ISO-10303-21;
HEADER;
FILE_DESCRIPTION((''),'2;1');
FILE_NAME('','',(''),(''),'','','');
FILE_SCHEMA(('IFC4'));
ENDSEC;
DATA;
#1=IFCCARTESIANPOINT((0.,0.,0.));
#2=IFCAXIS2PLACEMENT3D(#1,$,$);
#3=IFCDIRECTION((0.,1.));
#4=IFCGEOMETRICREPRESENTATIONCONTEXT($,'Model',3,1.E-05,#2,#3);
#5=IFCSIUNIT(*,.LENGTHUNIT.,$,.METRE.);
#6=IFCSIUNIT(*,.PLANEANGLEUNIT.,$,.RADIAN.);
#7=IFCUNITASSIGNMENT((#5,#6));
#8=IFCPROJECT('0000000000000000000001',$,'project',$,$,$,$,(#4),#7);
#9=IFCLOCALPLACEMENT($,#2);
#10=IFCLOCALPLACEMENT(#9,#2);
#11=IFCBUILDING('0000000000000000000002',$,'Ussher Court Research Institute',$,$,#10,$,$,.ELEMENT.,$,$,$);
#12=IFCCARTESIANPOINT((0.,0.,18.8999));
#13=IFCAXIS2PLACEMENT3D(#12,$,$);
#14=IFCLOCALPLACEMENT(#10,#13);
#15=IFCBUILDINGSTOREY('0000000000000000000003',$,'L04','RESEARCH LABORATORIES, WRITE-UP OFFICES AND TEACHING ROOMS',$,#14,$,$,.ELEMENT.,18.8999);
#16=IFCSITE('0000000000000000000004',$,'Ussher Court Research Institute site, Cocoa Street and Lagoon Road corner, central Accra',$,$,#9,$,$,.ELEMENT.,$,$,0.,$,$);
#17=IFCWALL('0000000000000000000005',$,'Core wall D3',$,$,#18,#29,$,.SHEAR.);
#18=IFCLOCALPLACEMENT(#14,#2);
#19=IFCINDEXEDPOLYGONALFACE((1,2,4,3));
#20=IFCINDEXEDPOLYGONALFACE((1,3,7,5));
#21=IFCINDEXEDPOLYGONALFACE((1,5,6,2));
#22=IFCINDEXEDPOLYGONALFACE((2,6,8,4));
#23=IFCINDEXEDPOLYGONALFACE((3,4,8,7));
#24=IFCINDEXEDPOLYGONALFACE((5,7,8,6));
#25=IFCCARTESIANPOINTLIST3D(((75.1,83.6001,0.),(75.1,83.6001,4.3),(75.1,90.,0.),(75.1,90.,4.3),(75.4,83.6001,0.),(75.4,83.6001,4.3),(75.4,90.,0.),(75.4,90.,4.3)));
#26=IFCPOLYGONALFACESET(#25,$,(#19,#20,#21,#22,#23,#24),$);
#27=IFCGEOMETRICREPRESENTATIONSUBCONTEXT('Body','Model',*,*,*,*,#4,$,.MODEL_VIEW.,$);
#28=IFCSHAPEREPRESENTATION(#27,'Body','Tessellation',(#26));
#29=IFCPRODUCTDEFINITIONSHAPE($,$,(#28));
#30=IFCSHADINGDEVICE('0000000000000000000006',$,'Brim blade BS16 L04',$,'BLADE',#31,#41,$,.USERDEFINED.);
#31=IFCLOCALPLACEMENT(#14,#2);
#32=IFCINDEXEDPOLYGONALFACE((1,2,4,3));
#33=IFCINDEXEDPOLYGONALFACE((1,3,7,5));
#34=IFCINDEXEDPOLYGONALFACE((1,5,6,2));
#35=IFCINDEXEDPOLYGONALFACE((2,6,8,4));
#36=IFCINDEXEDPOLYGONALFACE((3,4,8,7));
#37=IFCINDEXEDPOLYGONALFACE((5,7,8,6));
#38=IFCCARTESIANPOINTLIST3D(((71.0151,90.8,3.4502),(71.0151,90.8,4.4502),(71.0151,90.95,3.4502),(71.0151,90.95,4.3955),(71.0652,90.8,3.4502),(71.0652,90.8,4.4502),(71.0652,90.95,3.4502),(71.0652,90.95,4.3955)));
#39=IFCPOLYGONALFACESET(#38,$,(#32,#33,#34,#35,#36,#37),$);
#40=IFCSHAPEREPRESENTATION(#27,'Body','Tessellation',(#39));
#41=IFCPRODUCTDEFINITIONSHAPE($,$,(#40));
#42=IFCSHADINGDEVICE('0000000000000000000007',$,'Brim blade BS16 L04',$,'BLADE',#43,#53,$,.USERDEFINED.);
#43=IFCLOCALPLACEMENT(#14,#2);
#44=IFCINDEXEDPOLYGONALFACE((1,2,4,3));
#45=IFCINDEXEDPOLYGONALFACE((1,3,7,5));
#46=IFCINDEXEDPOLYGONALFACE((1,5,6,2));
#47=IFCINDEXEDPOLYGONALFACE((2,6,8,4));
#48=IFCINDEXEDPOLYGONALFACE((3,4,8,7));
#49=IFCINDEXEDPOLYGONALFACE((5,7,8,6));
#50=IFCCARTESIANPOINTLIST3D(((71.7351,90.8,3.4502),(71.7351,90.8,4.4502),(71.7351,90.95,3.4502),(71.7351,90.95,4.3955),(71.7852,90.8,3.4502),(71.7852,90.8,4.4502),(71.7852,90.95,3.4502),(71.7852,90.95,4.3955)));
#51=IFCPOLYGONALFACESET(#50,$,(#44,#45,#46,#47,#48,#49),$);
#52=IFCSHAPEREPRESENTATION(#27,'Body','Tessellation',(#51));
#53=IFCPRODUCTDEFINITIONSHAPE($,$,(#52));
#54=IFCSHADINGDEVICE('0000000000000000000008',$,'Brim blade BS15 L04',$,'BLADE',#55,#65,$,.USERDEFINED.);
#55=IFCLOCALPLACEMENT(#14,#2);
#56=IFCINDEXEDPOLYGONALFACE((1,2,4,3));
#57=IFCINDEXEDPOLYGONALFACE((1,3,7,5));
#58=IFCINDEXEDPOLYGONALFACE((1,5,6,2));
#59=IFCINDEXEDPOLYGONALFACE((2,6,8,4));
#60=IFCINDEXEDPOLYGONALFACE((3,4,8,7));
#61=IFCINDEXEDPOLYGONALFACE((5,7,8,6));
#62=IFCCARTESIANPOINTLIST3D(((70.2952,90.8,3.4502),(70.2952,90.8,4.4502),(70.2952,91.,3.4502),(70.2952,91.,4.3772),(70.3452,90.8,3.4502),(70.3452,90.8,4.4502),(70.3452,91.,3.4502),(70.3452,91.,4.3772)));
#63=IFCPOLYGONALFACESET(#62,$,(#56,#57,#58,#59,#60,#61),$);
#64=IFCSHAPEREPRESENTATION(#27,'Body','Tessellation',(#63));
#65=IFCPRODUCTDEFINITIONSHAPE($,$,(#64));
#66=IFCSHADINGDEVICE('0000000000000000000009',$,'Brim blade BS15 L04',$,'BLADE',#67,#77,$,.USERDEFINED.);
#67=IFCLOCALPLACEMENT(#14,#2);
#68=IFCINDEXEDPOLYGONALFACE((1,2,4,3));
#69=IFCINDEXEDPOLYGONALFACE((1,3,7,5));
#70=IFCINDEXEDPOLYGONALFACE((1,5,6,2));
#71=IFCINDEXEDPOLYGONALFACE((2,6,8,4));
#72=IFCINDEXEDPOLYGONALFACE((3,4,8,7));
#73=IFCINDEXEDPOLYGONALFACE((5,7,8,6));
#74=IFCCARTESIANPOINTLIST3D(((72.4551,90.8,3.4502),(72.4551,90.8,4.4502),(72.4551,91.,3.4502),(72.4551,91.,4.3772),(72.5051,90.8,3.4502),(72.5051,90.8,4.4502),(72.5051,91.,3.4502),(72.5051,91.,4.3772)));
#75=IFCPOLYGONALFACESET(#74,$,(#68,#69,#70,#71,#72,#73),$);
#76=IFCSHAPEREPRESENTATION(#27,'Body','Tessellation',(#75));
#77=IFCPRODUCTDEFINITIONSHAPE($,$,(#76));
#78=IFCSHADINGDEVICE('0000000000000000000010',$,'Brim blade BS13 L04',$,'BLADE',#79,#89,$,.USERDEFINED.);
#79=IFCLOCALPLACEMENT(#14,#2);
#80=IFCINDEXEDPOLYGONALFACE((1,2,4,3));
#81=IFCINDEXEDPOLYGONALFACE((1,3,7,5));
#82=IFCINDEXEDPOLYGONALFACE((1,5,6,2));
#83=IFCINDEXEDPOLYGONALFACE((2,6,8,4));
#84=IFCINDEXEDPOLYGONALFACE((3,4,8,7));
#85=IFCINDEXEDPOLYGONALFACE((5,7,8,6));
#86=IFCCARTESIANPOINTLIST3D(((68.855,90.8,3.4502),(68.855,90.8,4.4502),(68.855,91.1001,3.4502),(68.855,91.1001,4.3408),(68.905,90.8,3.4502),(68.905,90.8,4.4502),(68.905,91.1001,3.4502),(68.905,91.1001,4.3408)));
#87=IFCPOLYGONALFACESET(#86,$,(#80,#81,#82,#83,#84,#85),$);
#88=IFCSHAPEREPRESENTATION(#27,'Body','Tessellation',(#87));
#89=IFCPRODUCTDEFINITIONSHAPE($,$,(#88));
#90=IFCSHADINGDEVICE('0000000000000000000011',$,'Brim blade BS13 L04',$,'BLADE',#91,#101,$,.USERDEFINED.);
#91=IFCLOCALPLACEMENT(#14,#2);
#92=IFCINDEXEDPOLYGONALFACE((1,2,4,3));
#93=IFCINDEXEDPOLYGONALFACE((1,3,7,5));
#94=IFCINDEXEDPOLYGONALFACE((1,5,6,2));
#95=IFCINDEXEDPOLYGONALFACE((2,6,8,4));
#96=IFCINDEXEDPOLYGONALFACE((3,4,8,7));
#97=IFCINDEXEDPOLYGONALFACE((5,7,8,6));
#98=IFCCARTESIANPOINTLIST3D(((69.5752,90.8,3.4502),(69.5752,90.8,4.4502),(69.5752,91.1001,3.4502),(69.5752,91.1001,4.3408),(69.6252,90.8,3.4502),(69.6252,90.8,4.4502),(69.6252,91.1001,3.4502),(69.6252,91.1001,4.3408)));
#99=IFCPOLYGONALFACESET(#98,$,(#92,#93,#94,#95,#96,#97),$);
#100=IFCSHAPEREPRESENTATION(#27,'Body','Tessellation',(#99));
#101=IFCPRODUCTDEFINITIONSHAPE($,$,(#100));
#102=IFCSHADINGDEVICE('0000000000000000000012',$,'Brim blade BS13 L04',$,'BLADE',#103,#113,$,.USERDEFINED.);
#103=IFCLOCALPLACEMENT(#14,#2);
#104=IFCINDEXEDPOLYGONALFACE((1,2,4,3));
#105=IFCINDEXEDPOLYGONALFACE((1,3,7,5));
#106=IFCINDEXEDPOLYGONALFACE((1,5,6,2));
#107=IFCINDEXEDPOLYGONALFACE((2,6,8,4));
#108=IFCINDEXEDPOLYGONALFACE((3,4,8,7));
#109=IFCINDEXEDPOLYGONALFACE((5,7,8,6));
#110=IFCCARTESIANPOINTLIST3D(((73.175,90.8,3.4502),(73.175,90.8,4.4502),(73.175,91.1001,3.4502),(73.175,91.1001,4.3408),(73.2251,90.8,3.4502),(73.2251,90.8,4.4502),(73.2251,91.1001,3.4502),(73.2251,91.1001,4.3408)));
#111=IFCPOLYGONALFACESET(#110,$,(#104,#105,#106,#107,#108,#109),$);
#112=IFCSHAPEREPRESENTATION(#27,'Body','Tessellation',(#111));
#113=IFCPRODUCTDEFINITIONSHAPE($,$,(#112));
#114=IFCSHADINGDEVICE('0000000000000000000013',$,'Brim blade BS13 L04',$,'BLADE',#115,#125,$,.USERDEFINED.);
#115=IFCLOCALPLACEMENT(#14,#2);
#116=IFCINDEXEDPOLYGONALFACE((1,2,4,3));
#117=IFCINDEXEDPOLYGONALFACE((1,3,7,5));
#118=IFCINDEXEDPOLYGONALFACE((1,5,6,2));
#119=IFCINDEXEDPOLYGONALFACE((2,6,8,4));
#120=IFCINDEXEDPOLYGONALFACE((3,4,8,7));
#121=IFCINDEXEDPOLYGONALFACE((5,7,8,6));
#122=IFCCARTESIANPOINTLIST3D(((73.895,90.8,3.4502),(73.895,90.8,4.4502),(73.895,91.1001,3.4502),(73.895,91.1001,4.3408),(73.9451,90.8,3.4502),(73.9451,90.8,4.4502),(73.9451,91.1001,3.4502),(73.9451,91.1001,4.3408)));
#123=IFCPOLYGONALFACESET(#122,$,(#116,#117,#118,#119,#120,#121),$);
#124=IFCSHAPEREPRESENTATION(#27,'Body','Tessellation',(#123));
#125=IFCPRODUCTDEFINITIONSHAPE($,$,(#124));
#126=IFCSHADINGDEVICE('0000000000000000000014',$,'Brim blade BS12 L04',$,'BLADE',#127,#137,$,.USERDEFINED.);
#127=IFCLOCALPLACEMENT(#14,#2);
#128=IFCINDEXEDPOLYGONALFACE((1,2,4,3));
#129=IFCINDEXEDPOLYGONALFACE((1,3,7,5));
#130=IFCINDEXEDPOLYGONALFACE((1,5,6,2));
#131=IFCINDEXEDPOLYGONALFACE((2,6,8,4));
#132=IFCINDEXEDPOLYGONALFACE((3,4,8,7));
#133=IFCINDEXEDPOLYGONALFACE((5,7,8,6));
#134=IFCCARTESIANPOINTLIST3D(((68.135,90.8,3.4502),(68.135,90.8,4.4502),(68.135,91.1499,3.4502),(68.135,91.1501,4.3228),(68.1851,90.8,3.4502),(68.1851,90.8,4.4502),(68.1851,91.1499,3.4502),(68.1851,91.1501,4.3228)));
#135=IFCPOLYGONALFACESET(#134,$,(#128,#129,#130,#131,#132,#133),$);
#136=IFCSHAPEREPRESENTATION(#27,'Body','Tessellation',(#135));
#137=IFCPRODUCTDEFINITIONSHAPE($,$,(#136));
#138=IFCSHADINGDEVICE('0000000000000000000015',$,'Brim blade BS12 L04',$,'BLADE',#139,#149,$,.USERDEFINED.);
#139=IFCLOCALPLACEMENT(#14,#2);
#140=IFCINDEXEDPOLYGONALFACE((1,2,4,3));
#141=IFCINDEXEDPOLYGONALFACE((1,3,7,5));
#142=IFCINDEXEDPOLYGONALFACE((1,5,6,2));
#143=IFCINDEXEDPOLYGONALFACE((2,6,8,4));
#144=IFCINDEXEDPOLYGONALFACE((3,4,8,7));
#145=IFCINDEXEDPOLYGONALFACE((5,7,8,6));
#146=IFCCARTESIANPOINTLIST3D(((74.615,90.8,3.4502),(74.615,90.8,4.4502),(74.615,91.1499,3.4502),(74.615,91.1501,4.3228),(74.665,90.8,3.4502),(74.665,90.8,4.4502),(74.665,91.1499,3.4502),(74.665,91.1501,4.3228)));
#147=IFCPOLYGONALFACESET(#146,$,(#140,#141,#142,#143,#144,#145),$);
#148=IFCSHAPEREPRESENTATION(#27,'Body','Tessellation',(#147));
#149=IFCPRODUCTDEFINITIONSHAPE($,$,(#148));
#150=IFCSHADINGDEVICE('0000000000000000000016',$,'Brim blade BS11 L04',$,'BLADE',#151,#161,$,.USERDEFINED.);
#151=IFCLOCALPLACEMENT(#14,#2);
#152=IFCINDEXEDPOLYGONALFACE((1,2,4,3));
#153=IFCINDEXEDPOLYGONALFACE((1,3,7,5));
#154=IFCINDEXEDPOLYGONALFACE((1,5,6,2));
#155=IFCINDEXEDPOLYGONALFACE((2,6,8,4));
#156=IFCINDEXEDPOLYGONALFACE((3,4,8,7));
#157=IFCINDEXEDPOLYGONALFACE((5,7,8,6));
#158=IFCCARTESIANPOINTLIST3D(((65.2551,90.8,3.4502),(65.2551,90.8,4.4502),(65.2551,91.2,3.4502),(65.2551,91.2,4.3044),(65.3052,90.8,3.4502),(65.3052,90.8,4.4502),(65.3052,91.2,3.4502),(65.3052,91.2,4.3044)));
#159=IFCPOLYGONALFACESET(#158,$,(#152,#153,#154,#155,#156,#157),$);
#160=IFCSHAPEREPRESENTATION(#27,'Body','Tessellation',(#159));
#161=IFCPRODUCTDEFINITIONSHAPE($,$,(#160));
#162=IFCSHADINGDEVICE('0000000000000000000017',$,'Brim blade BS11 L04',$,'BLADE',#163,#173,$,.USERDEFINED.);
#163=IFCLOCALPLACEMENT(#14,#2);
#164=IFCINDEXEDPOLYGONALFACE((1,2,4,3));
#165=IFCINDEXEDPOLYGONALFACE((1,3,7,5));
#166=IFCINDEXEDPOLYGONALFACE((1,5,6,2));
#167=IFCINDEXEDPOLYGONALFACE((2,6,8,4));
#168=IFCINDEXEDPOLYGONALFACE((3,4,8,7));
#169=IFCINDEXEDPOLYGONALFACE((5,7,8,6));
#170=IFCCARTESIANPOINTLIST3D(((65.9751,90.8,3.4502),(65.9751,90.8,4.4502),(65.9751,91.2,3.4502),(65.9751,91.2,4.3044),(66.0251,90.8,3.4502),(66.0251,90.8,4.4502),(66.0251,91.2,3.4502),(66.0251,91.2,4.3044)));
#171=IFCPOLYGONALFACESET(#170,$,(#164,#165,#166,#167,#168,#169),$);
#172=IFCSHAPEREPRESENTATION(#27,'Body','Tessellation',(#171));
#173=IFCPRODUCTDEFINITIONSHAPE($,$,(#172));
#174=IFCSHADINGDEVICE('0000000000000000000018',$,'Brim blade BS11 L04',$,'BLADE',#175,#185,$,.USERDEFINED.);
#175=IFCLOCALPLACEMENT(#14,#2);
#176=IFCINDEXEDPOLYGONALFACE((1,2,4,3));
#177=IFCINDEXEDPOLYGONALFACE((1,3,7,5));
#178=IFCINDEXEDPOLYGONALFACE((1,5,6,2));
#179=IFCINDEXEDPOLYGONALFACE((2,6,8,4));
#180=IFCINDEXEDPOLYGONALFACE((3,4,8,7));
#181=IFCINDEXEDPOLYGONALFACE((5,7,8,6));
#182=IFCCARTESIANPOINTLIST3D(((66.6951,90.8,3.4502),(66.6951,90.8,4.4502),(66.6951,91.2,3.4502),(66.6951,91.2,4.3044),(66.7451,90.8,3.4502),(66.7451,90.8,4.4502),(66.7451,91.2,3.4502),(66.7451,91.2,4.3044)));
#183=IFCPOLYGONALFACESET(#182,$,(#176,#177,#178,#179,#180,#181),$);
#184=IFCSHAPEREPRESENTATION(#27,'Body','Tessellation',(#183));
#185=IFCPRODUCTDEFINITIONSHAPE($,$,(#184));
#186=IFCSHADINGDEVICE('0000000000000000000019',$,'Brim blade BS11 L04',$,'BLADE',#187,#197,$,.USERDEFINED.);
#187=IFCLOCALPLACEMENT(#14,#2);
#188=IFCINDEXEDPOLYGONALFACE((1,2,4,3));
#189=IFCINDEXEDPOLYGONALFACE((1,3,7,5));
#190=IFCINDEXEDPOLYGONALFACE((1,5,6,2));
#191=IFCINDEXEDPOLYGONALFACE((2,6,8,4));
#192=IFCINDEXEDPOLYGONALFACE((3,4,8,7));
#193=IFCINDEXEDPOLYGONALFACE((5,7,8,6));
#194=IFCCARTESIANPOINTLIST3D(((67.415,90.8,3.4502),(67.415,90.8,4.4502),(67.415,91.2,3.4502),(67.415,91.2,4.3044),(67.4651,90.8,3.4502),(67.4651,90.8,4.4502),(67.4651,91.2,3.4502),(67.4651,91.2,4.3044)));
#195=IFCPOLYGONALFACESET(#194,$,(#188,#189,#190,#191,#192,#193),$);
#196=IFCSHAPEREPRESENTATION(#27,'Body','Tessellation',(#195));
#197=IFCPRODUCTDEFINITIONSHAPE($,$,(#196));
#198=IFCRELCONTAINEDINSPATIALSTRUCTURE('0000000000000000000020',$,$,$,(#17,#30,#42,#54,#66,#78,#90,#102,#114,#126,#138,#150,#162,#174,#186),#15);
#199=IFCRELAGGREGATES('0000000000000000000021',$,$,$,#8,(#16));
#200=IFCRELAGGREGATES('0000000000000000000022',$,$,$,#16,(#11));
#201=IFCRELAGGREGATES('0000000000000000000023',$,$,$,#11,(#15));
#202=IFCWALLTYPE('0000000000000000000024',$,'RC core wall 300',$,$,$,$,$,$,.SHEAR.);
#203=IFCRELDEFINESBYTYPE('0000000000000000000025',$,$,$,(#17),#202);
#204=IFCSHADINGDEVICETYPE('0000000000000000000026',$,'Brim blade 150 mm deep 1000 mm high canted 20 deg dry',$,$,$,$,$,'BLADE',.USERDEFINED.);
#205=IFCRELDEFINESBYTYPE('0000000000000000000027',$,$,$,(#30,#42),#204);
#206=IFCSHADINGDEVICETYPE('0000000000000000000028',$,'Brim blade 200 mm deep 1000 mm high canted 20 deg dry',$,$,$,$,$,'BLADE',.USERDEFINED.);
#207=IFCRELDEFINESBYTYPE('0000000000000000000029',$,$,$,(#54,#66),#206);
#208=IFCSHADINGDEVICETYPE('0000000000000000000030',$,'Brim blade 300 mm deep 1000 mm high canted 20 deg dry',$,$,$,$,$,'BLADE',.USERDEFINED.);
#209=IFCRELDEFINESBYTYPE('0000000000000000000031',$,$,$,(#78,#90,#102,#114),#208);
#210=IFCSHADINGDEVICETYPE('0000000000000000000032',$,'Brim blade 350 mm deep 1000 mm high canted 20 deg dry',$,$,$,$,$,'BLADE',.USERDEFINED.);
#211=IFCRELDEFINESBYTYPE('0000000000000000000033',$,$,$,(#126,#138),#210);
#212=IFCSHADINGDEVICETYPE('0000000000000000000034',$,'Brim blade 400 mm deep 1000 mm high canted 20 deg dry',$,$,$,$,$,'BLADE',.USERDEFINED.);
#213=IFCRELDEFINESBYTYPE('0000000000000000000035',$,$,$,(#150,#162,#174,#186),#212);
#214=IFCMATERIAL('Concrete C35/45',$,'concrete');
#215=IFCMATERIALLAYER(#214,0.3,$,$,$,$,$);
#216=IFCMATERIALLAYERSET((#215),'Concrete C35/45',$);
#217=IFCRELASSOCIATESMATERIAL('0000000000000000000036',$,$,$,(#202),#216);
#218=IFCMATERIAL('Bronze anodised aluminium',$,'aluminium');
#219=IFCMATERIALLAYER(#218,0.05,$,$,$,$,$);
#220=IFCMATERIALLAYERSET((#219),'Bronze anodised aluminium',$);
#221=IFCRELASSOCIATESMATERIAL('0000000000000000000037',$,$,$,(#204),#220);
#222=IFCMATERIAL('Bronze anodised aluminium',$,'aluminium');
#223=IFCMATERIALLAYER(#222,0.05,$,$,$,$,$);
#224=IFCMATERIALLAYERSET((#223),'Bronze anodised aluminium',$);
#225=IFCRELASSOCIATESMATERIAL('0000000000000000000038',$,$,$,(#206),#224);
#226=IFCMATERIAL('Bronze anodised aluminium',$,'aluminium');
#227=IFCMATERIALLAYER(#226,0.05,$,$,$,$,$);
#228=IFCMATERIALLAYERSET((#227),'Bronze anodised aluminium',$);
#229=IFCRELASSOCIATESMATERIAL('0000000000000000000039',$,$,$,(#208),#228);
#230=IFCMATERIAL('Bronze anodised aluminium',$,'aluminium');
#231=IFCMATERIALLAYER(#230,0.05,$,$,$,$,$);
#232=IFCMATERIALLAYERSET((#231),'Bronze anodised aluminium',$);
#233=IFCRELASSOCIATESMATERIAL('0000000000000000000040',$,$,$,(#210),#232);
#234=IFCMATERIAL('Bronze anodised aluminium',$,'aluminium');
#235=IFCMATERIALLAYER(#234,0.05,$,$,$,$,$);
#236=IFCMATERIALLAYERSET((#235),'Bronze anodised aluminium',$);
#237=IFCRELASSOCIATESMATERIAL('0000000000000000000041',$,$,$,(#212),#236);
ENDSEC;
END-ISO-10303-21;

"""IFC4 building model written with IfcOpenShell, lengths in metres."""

from ifc_helpers import new_model, si_unit, direction, frame, frame_2d, origin, place, context, subcontext, project, spatial, polyline, rectangle, outline, extrude, material, layer, layer_set, type_object, element, save


model = new_model("IFC4")

# Units and contexts
model_context = context("Model", 3, precision=1e-05, world=origin(), true_north=direction((0.0, 1.0)))
body_context = subcontext(model_context, "Body", "Model", "MODEL_VIEW")
ifc_project = project(units=[si_unit("LENGTHUNIT", "METRE"), si_unit("PLANEANGLEUNIT", "RADIAN")], contexts=[model_context])

# Site, building, storey
site_placement = place(None, origin())
site = spatial("IfcSite", under=ifc_project, at=site_placement, Name="Ussher Court Research Institute site, Cocoa Street and Lagoon Road corner, central Accra", CompositionType="ELEMENT", RefElevation=0.0)
building_placement = place(site_placement, origin())
building = spatial("IfcBuilding", under=site, at=building_placement, Name="Ussher Court Research Institute", CompositionType="ELEMENT")
storey_placement = place(building_placement, frame((0.0, 0.0, 18.8999)))
storey = spatial("IfcBuildingStorey", under=building, at=storey_placement, Name="L04", Description="RESEARCH LABORATORIES, WRITE-UP OFFICES AND TEACHING ROOMS", CompositionType="ELEMENT", Elevation=18.8999)

# Wall
ifc_material_1 = material(Name="Concrete C35/45", Category="concrete")
ifc_layer_1 = layer(ifc_material_1, 0.3)
ifc_layer_set_1 = layer_set([ifc_layer_1], Name="Concrete C35/45")
wall_type_1 = type_object("IfcWallType", Name="RC core wall 300", PredefinedType="SHEAR", material=ifc_layer_set_1)
wall_1_placement = place(storey_placement, frame((75.25, 83.6001, 0.0), z_axis=(0.0, 0.0, 1.0), x_axis=(0.0, 1.0, 0.0)))
element("IfcWall", 1, at=wall_1_placement, inside=storey, type_object=wall_type_1, Name="Core wall D3", PredefinedType="SHEAR", context=body_context, shape_type="SweptSolid", body=[
    extrude(rectangle(XDim=6.3999, YDim=0.3, at=frame_2d((3.2, 0.0))), origin(), (0.0, 0.0, 1.0), 4.3),
])

# Shading devices
ifc_material_2 = material(Name="Bronze anodised aluminium", Category="aluminium")
ifc_layer_2 = layer(ifc_material_2, 0.05)
ifc_layer_set_2 = layer_set([ifc_layer_2], Name="Bronze anodised aluminium")
shading_device_type_1 = type_object("IfcShadingDeviceType", Name="Brim blade 150 mm deep 1000 mm high canted 20 deg dry", ElementType="BLADE", PredefinedType="USERDEFINED", material=ifc_layer_set_2)
for number, where, z_axis, x_axis, name in (
    (2, (71.04, 90.8, 3.4502), (0.0, 0.0, 1.0), (0.0, 1.0, 0.0), "Brim blade BS16 L04"),
    (3, (71.76, 90.8, 3.4502), (0.0, 0.0, 1.0), (0.0, 1.0, 0.0), "Brim blade BS16 L04"),
):
    element("IfcShadingDevice", number, at=place(storey_placement, frame(where, z_axis=z_axis, x_axis=x_axis)), inside=storey, type_object=shading_device_type_1, Name=name, ObjectType="BLADE", PredefinedType="USERDEFINED", context=body_context, shape_type="SweptSolid", body=[
        extrude(outline(polyline([(0.0, 0.0), (0.1499, 0.0), (0.1499, 0.9453), (0.0, 1.0), (0.0, 0.0)])), frame((0.0, 0.0249, 0.0), z_axis=(0.0, -1.0, 0.0), x_axis=(1.0, 0.0, 0.0)), (0.0, 0.0, 1.0), 0.05),
    ])
ifc_material_3 = material(Name="Bronze anodised aluminium", Category="aluminium")
ifc_layer_3 = layer(ifc_material_3, 0.05)
ifc_layer_set_3 = layer_set([ifc_layer_3], Name="Bronze anodised aluminium")
shading_device_type_2 = type_object("IfcShadingDeviceType", Name="Brim blade 200 mm deep 1000 mm high canted 20 deg dry", ElementType="BLADE", PredefinedType="USERDEFINED", material=ifc_layer_set_3)
for number, where, z_axis, x_axis, name in (
    (4, (70.3201, 90.8, 3.4502), (0.0, 0.0, 1.0), (0.0, 1.0, 0.0), "Brim blade BS15 L04"),
    (5, (72.48, 90.8, 3.4502), (0.0, 0.0, 1.0), (0.0, 1.0, 0.0), "Brim blade BS15 L04"),
):
    element("IfcShadingDevice", number, at=place(storey_placement, frame(where, z_axis=z_axis, x_axis=x_axis)), inside=storey, type_object=shading_device_type_2, Name=name, ObjectType="BLADE", PredefinedType="USERDEFINED", context=body_context, shape_type="SweptSolid", body=[
        extrude(outline(polyline([(0.0, 0.0), (0.2, 0.0), (0.2, 0.927), (0.0, 1.0), (0.0, 0.0)])), frame((0.0, 0.0249, 0.0), z_axis=(0.0, -1.0, 0.0), x_axis=(1.0, 0.0, 0.0)), (0.0, 0.0, 1.0), 0.05),
    ])
ifc_material_4 = material(Name="Bronze anodised aluminium", Category="aluminium")
ifc_layer_4 = layer(ifc_material_4, 0.05)
ifc_layer_set_4 = layer_set([ifc_layer_4], Name="Bronze anodised aluminium")
shading_device_type_3 = type_object("IfcShadingDeviceType", Name="Brim blade 300 mm deep 1000 mm high canted 20 deg dry", ElementType="BLADE", PredefinedType="USERDEFINED", material=ifc_layer_set_4)
for number, where, z_axis, x_axis, name in (
    (6, (68.8799, 90.8, 3.4502), (0.0, 0.0, 1.0), (0.0, 1.0, 0.0), "Brim blade BS13 L04"),
    (7, (69.6001, 90.8, 3.4502), (0.0, 0.0, 1.0), (0.0, 1.0, 0.0), "Brim blade BS13 L04"),
    (8, (73.2, 90.8, 3.4502), (0.0, 0.0, 1.0), (0.0, 1.0, 0.0), "Brim blade BS13 L04"),
    (9, (73.9199, 90.8, 3.4502), (0.0, 0.0, 1.0), (0.0, 1.0, 0.0), "Brim blade BS13 L04"),
):
    element("IfcShadingDevice", number, at=place(storey_placement, frame(where, z_axis=z_axis, x_axis=x_axis)), inside=storey, type_object=shading_device_type_3, Name=name, ObjectType="BLADE", PredefinedType="USERDEFINED", context=body_context, shape_type="SweptSolid", body=[
        extrude(outline(polyline([(0.0, 0.0), (0.3, 0.0), (0.3, 0.8906), (0.0, 1.0), (0.0, 0.0)])), frame((0.0, 0.0249, 0.0), z_axis=(0.0, -1.0, 0.0), x_axis=(1.0, 0.0, 0.0)), (0.0, 0.0, 1.0), 0.05),
    ])
ifc_material_5 = material(Name="Bronze anodised aluminium", Category="aluminium")
ifc_layer_5 = layer(ifc_material_5, 0.05)
ifc_layer_set_5 = layer_set([ifc_layer_5], Name="Bronze anodised aluminium")
shading_device_type_4 = type_object("IfcShadingDeviceType", Name="Brim blade 350 mm deep 1000 mm high canted 20 deg dry", ElementType="BLADE", PredefinedType="USERDEFINED", material=ifc_layer_set_5)
for number, where, z_axis, x_axis, name in (
    (10, (68.1599, 90.8, 3.4502), (0.0, 0.0, 1.0), (0.0, 1.0, 0.0), "Brim blade BS12 L04"),
    (11, (74.6399, 90.8, 3.4502), (0.0, 0.0, 1.0), (0.0, 1.0, 0.0), "Brim blade BS12 L04"),
):
    element("IfcShadingDevice", number, at=place(storey_placement, frame(where, z_axis=z_axis, x_axis=x_axis)), inside=storey, type_object=shading_device_type_4, Name=name, ObjectType="BLADE", PredefinedType="USERDEFINED", context=body_context, shape_type="SweptSolid", body=[
        extrude(outline(polyline([(0.0, 0.0), (0.3499, 0.0), (0.3501, 0.8726), (0.0, 1.0), (0.0, 0.0)])), frame((0.0, 0.0249, 0.0), z_axis=(0.0, -1.0, 0.0), x_axis=(1.0, 0.0, 0.0)), (0.0, 0.0, 1.0), 0.05),
    ])
ifc_material_6 = material(Name="Bronze anodised aluminium", Category="aluminium")
ifc_layer_6 = layer(ifc_material_6, 0.05)
ifc_layer_set_6 = layer_set([ifc_layer_6], Name="Bronze anodised aluminium")
shading_device_type_5 = type_object("IfcShadingDeviceType", Name="Brim blade 400 mm deep 1000 mm high canted 20 deg dry", ElementType="BLADE", PredefinedType="USERDEFINED", material=ifc_layer_set_6)
for number, where, z_axis, x_axis, name in (
    (12, (65.28, 90.8, 3.4502), (0.0, 0.0, 1.0), (0.0, 1.0, 0.0), "Brim blade BS11 L04"),
    (13, (66.0, 90.8, 3.4502), (0.0, 0.0, 1.0), (0.0, 1.0, 0.0), "Brim blade BS11 L04"),
    (14, (66.72, 90.8, 3.4502), (0.0, 0.0, 1.0), (0.0, 1.0, 0.0), "Brim blade BS11 L04"),
    (15, (67.4399, 90.8, 3.4502), (0.0, 0.0, 1.0), (0.0, 1.0, 0.0), "Brim blade BS11 L04"),
):
    element("IfcShadingDevice", number, at=place(storey_placement, frame(where, z_axis=z_axis, x_axis=x_axis)), inside=storey, type_object=shading_device_type_5, Name=name, ObjectType="BLADE", PredefinedType="USERDEFINED", context=body_context, shape_type="SweptSolid", body=[
        extrude(outline(polyline([(0.0, 0.0), (0.3999, 0.0), (0.3999, 0.8542), (0.0, 1.0), (0.0, 0.0)])), frame((0.0, 0.0249, 0.0), z_axis=(0.0, -1.0, 0.0), x_axis=(1.0, 0.0, 0.0)), (0.0, 0.0, 1.0), 0.05),
    ])

save(model, "model.ifc")
